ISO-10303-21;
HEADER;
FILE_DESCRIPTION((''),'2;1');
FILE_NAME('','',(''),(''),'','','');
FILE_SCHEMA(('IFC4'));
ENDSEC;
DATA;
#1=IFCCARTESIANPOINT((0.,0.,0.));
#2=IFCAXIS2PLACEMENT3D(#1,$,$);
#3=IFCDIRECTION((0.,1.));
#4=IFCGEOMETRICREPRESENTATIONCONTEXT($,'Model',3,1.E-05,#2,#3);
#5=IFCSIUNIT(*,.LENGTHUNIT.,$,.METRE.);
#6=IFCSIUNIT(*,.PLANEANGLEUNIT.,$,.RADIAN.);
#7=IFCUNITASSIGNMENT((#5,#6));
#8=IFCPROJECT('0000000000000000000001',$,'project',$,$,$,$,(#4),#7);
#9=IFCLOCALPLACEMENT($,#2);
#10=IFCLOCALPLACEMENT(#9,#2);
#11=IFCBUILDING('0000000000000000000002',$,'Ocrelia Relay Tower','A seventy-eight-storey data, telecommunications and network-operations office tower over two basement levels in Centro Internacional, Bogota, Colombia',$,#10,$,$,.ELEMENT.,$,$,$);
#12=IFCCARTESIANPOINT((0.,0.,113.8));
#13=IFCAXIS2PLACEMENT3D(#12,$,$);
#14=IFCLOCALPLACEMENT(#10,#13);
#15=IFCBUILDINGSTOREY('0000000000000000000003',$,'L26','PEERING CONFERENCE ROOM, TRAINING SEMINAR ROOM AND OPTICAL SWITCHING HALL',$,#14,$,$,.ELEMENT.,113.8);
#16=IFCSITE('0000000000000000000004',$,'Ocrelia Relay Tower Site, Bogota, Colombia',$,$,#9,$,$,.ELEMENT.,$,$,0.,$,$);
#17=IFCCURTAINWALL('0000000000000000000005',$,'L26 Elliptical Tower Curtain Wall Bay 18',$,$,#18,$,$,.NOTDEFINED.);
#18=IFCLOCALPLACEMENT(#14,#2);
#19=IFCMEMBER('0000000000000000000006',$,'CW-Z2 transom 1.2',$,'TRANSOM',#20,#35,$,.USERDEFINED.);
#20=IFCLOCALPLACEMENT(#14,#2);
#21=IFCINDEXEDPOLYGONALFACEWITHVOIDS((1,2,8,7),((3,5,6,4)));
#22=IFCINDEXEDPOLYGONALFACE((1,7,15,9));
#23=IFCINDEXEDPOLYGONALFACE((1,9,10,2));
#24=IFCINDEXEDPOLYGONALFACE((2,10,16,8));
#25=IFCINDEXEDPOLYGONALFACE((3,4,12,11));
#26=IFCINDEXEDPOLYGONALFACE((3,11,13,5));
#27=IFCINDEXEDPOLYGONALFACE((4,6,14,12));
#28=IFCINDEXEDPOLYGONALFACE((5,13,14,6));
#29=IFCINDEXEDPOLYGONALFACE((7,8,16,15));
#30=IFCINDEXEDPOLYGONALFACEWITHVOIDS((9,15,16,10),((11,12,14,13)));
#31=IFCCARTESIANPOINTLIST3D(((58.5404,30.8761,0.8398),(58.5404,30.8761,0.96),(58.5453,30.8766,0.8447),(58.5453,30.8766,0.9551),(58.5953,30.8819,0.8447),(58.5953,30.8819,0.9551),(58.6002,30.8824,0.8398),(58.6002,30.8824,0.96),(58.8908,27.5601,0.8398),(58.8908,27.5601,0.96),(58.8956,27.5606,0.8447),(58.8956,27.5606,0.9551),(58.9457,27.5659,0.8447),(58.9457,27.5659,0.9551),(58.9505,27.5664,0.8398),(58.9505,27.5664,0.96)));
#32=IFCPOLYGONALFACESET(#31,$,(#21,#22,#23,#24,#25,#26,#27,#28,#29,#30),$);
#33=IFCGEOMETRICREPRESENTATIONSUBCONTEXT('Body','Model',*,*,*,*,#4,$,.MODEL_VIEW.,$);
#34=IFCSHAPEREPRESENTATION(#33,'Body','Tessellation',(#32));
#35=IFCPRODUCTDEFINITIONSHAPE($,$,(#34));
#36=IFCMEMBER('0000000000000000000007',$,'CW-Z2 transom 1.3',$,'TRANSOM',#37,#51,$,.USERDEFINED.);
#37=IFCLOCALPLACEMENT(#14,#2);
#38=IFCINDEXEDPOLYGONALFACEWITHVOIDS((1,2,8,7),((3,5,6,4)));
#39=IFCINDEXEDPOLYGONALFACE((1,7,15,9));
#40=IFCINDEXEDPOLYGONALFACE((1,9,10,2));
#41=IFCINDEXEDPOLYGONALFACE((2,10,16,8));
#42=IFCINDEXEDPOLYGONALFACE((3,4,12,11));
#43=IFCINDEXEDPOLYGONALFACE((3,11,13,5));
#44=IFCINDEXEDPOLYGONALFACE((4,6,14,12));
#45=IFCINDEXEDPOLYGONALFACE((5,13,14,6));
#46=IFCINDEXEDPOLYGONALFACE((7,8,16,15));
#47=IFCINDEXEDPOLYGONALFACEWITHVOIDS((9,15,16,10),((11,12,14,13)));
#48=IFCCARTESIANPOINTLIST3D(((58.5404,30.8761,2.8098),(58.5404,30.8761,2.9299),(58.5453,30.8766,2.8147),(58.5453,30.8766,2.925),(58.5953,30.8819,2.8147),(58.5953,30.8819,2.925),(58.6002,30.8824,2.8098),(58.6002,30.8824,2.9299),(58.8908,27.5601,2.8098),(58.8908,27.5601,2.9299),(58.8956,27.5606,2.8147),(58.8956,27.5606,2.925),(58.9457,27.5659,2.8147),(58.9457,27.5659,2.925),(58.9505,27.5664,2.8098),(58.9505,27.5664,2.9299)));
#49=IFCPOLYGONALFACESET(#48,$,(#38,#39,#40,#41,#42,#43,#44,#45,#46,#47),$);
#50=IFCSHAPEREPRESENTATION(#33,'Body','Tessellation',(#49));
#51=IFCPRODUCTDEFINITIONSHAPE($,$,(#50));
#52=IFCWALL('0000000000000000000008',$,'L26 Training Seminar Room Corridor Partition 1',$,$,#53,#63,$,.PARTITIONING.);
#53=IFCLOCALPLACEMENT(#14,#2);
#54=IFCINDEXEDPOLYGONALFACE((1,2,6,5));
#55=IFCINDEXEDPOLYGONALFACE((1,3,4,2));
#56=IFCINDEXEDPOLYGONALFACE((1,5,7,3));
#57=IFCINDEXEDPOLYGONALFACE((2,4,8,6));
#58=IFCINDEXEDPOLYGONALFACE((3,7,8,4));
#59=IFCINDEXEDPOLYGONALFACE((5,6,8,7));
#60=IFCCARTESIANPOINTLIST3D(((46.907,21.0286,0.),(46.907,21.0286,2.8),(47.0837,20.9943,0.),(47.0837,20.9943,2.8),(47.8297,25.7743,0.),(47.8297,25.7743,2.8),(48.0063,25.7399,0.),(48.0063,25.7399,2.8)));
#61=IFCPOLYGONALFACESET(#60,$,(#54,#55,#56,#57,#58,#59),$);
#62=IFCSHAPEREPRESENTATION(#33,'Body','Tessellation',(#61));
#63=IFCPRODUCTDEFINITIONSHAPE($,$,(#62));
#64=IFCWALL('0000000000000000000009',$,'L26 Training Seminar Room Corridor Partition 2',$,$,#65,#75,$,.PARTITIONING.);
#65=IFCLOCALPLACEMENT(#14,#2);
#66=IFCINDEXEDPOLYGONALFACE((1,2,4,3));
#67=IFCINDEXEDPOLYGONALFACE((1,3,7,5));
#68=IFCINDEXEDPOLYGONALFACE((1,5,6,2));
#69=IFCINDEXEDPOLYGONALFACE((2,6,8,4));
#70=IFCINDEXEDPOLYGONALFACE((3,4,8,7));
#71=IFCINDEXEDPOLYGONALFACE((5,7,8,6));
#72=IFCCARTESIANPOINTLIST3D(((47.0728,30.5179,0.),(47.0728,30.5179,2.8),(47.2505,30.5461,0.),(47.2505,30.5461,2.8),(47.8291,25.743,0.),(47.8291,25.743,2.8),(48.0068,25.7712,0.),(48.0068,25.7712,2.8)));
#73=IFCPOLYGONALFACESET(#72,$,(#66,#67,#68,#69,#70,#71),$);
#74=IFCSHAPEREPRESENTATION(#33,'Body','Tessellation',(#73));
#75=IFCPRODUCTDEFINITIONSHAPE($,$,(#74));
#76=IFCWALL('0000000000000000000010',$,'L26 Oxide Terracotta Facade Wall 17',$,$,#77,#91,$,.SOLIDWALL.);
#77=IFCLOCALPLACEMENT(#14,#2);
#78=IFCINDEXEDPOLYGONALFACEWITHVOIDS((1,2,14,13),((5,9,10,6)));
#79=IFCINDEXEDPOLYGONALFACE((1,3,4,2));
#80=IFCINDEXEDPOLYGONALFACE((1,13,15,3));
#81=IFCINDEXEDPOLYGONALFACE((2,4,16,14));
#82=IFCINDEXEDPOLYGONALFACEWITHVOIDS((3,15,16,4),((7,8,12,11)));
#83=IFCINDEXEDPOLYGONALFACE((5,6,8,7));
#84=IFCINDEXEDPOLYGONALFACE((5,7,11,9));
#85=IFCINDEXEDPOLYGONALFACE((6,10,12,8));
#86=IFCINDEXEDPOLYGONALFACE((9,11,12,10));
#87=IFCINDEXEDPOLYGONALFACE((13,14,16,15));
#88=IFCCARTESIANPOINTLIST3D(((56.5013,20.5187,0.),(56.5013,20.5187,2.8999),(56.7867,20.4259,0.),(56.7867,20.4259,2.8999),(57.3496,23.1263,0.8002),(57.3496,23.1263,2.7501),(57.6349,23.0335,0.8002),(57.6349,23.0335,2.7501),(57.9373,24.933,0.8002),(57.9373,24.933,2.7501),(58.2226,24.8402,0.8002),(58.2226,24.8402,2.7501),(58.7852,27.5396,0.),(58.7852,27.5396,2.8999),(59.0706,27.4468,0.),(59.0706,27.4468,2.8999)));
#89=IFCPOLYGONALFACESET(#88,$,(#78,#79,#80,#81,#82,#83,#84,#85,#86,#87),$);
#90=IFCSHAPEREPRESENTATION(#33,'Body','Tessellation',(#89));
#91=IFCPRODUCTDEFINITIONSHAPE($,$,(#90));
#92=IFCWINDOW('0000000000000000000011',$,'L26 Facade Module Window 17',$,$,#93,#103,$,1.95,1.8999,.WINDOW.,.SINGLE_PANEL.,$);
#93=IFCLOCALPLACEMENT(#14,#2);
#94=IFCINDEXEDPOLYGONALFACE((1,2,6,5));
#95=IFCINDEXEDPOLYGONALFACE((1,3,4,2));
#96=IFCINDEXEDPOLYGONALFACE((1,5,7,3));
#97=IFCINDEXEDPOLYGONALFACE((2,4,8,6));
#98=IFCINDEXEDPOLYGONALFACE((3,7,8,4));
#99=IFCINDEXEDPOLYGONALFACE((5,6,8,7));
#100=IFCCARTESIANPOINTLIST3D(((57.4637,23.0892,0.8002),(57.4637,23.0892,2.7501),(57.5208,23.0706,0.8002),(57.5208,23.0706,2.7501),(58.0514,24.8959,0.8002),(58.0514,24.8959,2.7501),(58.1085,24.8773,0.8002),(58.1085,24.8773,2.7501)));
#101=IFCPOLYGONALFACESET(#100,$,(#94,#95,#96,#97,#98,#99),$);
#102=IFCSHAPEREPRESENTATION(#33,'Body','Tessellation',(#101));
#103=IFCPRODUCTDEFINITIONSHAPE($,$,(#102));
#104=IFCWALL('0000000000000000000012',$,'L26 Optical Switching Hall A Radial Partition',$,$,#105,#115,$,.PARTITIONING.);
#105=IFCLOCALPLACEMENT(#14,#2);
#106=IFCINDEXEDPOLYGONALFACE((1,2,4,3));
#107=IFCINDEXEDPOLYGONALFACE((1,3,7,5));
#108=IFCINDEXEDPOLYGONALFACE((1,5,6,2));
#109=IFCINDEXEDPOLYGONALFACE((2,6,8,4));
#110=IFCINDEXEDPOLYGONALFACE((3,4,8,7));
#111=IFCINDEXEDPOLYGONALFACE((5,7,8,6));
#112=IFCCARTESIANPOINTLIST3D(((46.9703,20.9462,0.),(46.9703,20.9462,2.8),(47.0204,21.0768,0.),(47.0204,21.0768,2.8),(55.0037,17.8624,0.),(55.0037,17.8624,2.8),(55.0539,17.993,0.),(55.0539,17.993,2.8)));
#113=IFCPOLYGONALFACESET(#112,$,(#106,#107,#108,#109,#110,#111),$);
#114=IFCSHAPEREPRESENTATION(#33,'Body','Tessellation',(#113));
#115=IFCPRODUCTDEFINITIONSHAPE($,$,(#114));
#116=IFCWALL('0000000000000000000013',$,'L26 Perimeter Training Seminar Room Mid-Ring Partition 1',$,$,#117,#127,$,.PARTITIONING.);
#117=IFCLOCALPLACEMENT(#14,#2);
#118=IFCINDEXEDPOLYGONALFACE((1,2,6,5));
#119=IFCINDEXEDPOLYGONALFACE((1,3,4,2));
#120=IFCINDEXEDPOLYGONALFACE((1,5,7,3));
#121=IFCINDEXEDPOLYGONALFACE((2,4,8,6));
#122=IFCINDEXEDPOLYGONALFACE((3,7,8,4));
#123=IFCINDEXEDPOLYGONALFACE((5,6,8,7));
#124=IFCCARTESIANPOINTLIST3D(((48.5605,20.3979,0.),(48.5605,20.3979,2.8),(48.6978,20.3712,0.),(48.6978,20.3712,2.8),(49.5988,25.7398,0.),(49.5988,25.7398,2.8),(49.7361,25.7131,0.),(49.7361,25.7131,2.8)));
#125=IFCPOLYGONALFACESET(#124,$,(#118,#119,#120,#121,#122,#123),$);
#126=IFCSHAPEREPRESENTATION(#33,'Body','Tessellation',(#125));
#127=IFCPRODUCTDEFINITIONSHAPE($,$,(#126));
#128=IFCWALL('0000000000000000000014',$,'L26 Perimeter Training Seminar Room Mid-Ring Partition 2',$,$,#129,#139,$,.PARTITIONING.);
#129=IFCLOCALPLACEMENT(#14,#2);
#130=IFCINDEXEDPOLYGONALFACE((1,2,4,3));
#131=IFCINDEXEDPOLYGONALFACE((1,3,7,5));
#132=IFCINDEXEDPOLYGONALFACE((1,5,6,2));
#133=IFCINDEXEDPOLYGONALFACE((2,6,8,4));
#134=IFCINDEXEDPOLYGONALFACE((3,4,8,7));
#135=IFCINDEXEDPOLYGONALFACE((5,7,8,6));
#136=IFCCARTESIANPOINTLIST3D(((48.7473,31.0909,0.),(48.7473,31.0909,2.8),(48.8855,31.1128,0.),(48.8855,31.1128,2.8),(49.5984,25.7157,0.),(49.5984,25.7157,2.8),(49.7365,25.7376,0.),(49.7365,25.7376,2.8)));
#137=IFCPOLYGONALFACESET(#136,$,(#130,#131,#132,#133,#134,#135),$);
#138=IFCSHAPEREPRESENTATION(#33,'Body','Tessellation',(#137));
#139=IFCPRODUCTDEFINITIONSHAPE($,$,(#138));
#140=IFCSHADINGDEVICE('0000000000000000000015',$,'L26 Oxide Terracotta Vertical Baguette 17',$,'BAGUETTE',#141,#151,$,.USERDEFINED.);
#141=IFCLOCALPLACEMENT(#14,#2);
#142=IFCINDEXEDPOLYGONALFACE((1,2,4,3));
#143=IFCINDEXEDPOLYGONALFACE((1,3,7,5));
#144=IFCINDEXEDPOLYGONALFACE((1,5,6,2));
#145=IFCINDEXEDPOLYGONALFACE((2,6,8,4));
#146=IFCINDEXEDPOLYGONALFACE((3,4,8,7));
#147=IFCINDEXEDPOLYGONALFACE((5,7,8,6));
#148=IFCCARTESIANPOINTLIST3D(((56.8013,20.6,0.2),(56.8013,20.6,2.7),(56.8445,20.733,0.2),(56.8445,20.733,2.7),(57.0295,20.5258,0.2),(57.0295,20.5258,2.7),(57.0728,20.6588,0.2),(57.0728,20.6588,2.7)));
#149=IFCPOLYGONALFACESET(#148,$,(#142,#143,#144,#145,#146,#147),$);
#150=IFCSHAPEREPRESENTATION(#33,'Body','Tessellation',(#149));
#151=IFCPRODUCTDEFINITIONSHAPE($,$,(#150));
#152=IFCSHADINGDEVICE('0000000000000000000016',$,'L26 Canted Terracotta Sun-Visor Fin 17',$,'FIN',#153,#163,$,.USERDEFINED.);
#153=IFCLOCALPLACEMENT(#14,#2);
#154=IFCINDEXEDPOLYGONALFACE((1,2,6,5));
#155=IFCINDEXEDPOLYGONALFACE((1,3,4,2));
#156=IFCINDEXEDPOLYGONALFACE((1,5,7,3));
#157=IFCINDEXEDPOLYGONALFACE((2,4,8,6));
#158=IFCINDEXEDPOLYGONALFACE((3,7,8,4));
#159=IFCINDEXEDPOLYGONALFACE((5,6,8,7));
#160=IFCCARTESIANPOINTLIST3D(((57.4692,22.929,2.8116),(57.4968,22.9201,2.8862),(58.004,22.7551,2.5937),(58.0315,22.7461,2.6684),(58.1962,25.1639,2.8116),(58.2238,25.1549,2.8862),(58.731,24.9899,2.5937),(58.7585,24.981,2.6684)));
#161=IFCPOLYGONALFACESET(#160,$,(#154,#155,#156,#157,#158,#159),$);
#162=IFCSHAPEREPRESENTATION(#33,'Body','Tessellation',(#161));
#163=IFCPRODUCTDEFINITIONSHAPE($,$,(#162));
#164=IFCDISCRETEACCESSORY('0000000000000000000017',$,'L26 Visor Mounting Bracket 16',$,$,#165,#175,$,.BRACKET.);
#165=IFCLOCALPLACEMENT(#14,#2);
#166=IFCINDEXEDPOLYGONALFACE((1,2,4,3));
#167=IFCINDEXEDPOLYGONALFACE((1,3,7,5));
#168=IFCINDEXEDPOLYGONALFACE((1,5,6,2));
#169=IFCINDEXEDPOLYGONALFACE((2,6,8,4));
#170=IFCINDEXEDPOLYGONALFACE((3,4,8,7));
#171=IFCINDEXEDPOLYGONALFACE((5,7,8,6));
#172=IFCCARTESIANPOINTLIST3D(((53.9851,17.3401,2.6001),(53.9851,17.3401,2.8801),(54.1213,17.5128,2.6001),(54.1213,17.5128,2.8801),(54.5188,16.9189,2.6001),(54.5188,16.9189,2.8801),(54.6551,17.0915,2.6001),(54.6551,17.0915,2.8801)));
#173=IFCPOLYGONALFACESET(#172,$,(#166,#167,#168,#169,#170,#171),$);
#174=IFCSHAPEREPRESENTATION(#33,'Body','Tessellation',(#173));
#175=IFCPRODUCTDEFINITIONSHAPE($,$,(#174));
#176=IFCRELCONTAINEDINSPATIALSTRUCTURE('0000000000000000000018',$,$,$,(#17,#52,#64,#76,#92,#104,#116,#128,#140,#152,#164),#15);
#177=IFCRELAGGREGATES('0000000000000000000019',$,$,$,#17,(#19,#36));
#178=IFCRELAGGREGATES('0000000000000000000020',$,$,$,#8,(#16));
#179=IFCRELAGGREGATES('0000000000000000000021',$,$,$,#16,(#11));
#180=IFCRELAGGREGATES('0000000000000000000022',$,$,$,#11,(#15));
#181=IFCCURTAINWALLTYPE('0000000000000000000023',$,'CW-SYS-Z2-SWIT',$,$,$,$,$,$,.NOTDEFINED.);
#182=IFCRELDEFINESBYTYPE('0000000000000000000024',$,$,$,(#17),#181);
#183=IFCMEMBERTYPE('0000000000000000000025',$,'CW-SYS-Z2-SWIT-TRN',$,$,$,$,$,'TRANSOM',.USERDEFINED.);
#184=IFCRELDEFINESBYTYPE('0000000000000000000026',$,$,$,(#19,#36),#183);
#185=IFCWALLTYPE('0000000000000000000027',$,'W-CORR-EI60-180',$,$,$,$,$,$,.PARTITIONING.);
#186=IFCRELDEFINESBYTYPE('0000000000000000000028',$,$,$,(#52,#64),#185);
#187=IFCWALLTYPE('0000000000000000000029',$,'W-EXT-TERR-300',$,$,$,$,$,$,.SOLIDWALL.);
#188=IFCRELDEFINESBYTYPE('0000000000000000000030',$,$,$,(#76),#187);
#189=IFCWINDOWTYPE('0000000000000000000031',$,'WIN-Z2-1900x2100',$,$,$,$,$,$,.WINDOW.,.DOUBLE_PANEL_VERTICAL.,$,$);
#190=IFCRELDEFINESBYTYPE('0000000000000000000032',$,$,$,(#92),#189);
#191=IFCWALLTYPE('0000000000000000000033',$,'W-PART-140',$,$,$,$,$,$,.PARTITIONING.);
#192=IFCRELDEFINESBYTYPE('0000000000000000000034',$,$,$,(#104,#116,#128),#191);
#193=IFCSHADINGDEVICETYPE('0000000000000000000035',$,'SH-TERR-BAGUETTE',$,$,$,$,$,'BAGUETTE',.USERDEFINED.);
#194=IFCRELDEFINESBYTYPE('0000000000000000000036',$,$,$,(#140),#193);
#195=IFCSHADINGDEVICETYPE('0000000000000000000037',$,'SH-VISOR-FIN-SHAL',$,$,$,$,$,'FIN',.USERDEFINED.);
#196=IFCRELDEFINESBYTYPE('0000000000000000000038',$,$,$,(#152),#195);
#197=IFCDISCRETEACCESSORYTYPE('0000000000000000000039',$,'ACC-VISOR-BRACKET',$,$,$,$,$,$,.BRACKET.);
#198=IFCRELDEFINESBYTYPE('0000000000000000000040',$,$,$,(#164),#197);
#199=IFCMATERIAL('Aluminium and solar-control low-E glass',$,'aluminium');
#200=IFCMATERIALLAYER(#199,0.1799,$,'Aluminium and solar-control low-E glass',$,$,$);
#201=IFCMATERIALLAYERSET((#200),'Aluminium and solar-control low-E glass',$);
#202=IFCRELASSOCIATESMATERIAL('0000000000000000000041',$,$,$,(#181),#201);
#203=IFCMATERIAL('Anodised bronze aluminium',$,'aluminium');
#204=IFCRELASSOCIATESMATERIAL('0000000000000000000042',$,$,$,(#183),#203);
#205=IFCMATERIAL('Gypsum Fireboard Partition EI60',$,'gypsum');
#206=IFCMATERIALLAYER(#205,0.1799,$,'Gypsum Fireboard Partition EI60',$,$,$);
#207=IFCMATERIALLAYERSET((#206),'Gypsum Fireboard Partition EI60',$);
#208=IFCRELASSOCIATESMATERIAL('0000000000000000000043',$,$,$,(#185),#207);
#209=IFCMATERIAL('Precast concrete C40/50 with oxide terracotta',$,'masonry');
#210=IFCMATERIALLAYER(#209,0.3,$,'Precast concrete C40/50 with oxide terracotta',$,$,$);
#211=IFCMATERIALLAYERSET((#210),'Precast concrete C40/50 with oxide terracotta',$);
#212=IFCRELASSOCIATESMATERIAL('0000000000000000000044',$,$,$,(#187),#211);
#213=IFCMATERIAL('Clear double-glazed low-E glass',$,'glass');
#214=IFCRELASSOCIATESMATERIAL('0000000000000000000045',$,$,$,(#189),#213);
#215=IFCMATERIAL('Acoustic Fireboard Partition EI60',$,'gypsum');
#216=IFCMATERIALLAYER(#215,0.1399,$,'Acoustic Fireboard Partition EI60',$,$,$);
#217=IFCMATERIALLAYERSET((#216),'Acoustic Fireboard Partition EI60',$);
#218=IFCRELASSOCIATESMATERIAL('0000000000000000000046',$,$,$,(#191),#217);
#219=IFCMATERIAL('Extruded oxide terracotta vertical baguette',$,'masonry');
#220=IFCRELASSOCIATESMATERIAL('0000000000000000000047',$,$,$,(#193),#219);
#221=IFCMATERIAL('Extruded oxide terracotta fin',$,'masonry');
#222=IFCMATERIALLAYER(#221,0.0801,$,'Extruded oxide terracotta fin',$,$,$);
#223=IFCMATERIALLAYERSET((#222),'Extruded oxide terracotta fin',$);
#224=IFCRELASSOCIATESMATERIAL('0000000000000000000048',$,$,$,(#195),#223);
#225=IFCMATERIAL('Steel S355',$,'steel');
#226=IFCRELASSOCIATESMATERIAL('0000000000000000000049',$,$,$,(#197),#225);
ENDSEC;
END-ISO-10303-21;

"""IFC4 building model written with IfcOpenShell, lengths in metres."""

from ifc_helpers import new_model, si_unit, direction, frame, frame_2d, origin, origin_2d, place, context, subcontext, project, spatial, rectangle, hollow_rectangle, extrude, material, layer, layer_set, material_profile, profile_set, type_object, element, fill, aggregate, save


model = new_model("IFC4")

# Units and contexts
model_context = context("Model", 3, precision=1e-05, world=origin(), true_north=direction((0.0, 1.0)))
body_context = subcontext(model_context, "Body", "Model", "MODEL_VIEW")
ifc_project = project(units=[si_unit("LENGTHUNIT", "METRE"), si_unit("PLANEANGLEUNIT", "RADIAN")], contexts=[model_context])

# Site, building, storey
site_placement = place(None, origin())
site = spatial("IfcSite", under=ifc_project, at=site_placement, Name="Ocrelia Relay Tower Site, Bogota, Colombia", CompositionType="ELEMENT", RefElevation=0.0)
building_placement = place(site_placement, origin())
building = spatial("IfcBuilding", under=site, at=building_placement, Name="Ocrelia Relay Tower", Description="A seventy-eight-storey data, telecommunications and network-operations office tower over two basement levels in Centro Internacional, Bogota, Colombia", CompositionType="ELEMENT")
storey_placement = place(building_placement, frame((0.0, 0.0, 113.8)))
storey = spatial("IfcBuildingStorey", under=building, at=storey_placement, Name="L26", Description="PEERING CONFERENCE ROOM, TRAINING SEMINAR ROOM AND OPTICAL SWITCHING HALL", CompositionType="ELEMENT", Elevation=113.8)

# Shared definitions
ifc_material_1 = material(Name="Steel S355", Category="steel")

# Curtain wall, members
ifc_material_2 = material(Name="Aluminium and solar-control low-E glass", Category="aluminium")
ifc_layer_1 = layer(ifc_material_2, 0.1799, Name="Aluminium and solar-control low-E glass")
ifc_layer_set_1 = layer_set([ifc_layer_1], Name="Aluminium and solar-control low-E glass")
curtain_wall_type = type_object("IfcCurtainWallType", Name="CW-SYS-Z2-SWIT", PredefinedType="NOTDEFINED", material=ifc_layer_set_1)
curtain_wall_placement = place(storey_placement, origin())
curtain_wall = element("IfcCurtainWall", 1, at=curtain_wall_placement, inside=storey, type_object=curtain_wall_type, Name="L26 Elliptical Tower Curtain Wall Bay 18", PredefinedType="NOTDEFINED")
ifc_material_3 = material(Name="Anodised bronze aluminium", Category="aluminium")
ifc_material_profile_1 = material_profile(ifc_material_3, hollow_rectangle(XDim=0.0601, YDim=0.1201, WallThickness=0.0049, at=origin_2d()), Name="CW-TRN-120x60")
ifc_profile_set_1 = profile_set([ifc_material_profile_1], Name="Anodised bronze aluminium")
member_type_1 = type_object("IfcMemberType", Name="CW-SYS-Z2-SWIT-TRN", ElementType="TRANSOM", PredefinedType="USERDEFINED", material=ifc_profile_set_1)
member_1_placement = place(storey_placement, frame((58.9207, 27.5632, 0.8999), z_axis=(-0.10507, 0.994465, 0.0), x_axis=(-0.994465, -0.10507, 0.0)))
member_1 = element("IfcMember", 2, at=member_1_placement, type_object=member_type_1, Name="CW-Z2 transom 1.2", ObjectType="TRANSOM", PredefinedType="USERDEFINED", context=body_context, shape_type="SweptSolid", body=[
    extrude(hollow_rectangle(XDim=0.0601, YDim=0.1201, WallThickness=0.0049, at=origin_2d()), origin(), (0.0, 0.0, 1.0), 3.3345),
])
member_2_placement = place(storey_placement, frame((58.9207, 27.5632, 2.8699), z_axis=(-0.10507, 0.994465, 0.0), x_axis=(-0.994465, -0.10507, 0.0)))
member_2 = element("IfcMember", 3, at=member_2_placement, type_object=member_type_1, Name="CW-Z2 transom 1.3", ObjectType="TRANSOM", PredefinedType="USERDEFINED", context=body_context, shape_type="SweptSolid", body=[
    extrude(hollow_rectangle(XDim=0.0601, YDim=0.1201, WallThickness=0.0049, at=origin_2d()), origin(), (0.0, 0.0, 1.0), 3.3345),
])
aggregate(curtain_wall, [member_1, member_2])

# Walls
ifc_material_4 = material(Name="Gypsum Fireboard Partition EI60", Category="gypsum")
ifc_layer_2 = layer(ifc_material_4, 0.1799, Name="Gypsum Fireboard Partition EI60")
ifc_layer_set_2 = layer_set([ifc_layer_2], Name="Gypsum Fireboard Partition EI60")
wall_type_1 = type_object("IfcWallType", Name="W-CORR-EI60-180", PredefinedType="PARTITIONING", material=ifc_layer_set_2)
for number, where, z_axis, x_axis, name in (
    (4, (46.9954, 21.0115, 0.0), (0.0, 0.0, 1.0), (0.19084, 0.981621, 0.0), "L26 Training Seminar Room Corridor Partition 1"),
    (5, (47.918, 25.7571, 0.0), (0.0, 0.0, 1.0), (-0.15645, 0.987686, 0.0), "L26 Training Seminar Room Corridor Partition 2"),
):
    element("IfcWall", number, at=place(storey_placement, frame(where, z_axis=z_axis, x_axis=x_axis)), inside=storey, type_object=wall_type_1, Name=name, PredefinedType="PARTITIONING", context=body_context, shape_type="SweptSolid", body=[
        extrude(rectangle(XDim=4.8345, YDim=0.1799, at=frame_2d((2.4172, 0.0))), origin(), (0.0, 0.0, 1.0), 2.8),
    ])

# Wall, opening, window
ifc_material_5 = material(Name="Precast concrete C40/50 with oxide terracotta", Category="masonry")
ifc_layer_3 = layer(ifc_material_5, 0.3, Name="Precast concrete C40/50 with oxide terracotta")
ifc_layer_set_3 = layer_set([ifc_layer_3], Name="Precast concrete C40/50 with oxide terracotta")
wall_type_2 = type_object("IfcWallType", Name="W-EXT-TERR-300", PredefinedType="SOLIDWALL", material=ifc_layer_set_3)
wall_1_placement = place(storey_placement, frame((56.644, 20.4724, 0.0), z_axis=(0.0, 0.0, 1.0), x_axis=(0.309345, 0.95095, 0.0)))
wall_1 = element("IfcWall", 6, at=wall_1_placement, inside=storey, type_object=wall_type_2, Name="L26 Oxide Terracotta Facade Wall 17", PredefinedType="SOLIDWALL", context=body_context, shape_type="SweptSolid", body=[
    extrude(rectangle(XDim=7.3831, YDim=0.3, at=frame_2d((3.6914, 0.0))), origin(), (0.0, 0.0, 1.0), 2.8999),
])
opening_placement = place(wall_1_placement, frame((2.7419, 0.0, 0.8)))
opening = element("IfcOpeningElement", 7, at=opening_placement, cuts=wall_1, PredefinedType="OPENING", context=body_context, shape_type="SweptSolid", body=[
    extrude(rectangle(XDim=1.8999, YDim=1.95, at=frame_2d((0.95, 0.9751))), frame((0.0, 0.1602, 0.0), z_axis=(0.0, -1.0, 0.0), x_axis=(1.0, 0.0, 0.0)), (0.0, 0.0, 1.0), 0.3201),
])
ifc_material_6 = material(Name="Clear double-glazed low-E glass", Category="glass")
window_type = type_object("IfcWindowType", Name="WIN-Z2-1900x2100", PartitioningType="DOUBLE_PANEL_VERTICAL", PredefinedType="WINDOW", material=ifc_material_6)
window_placement = place(opening_placement, origin())
window = element("IfcWindow", 8, at=window_placement, inside=storey, type_object=window_type, Name="L26 Facade Module Window 17", OverallHeight=1.95, OverallWidth=1.8999, PartitioningType="SINGLE_PANEL", PredefinedType="WINDOW", context=body_context, shape_type="SweptSolid", body=[
    extrude(rectangle(XDim=1.8999, YDim=1.95, at=frame_2d((0.95, 0.9751))), frame((0.0, 0.03, 0.0), z_axis=(0.0, -1.0, 0.0), x_axis=(1.0, 0.0, 0.0)), (0.0, 0.0, 1.0), 0.0601),
])
fill(opening, window)

# Walls
ifc_material_7 = material(Name="Acoustic Fireboard Partition EI60", Category="gypsum")
ifc_layer_4 = layer(ifc_material_7, 0.1399, Name="Acoustic Fireboard Partition EI60")
ifc_layer_set_4 = layer_set([ifc_layer_4], Name="Acoustic Fireboard Partition EI60")
wall_type_3 = type_object("IfcWallType", Name="W-PART-140", PredefinedType="PARTITIONING", material=ifc_layer_set_4)
wall_2_placement = place(storey_placement, frame((46.9954, 21.0115, 0.0), z_axis=(0.0, 0.0, 1.0), x_axis=(0.933581, -0.358367, 0.0)))
element("IfcWall", 9, at=wall_2_placement, inside=storey, type_object=wall_type_3, Name="L26 Optical Switching Hall A Radial Partition", PredefinedType="PARTITIONING", context=body_context, shape_type="SweptSolid", body=[
    extrude(rectangle(XDim=8.605, YDim=0.1399, at=frame_2d((4.3025, 0.0))), origin(), (0.0, 0.0, 1.0), 2.8),
])
wall_3_placement = place(storey_placement, frame((48.6292, 20.3845, 0.0), z_axis=(0.0, 0.0, 1.0), x_axis=(0.190799, 0.981629, 0.0)))
element("IfcWall", 10, at=wall_3_placement, inside=storey, type_object=wall_type_3, Name="L26 Perimeter Training Seminar Room Mid-Ring Partition 1", PredefinedType="PARTITIONING", context=body_context, shape_type="SweptSolid", body=[
    extrude(rectangle(XDim=5.4419, YDim=0.1399, at=frame_2d((2.7209, 0.0))), origin(), (0.0, 0.0, 1.0), 2.8),
])
wall_4_placement = place(storey_placement, frame((49.6675, 25.7266, 0.0), z_axis=(0.0, 0.0, 1.0), x_axis=(-0.156384, 0.987696, 0.0)))
element("IfcWall", 11, at=wall_4_placement, inside=storey, type_object=wall_type_3, Name="L26 Perimeter Training Seminar Room Mid-Ring Partition 2", PredefinedType="PARTITIONING", context=body_context, shape_type="SweptSolid", body=[
    extrude(rectangle(XDim=5.4421, YDim=0.1399, at=frame_2d((2.7212, 0.0))), origin(), (0.0, 0.0, 1.0), 2.8),
])

# Shading devices
ifc_material_8 = material(Name="Extruded oxide terracotta vertical baguette", Category="masonry")
shading_device_type_1 = type_object("IfcShadingDeviceType", Name="SH-TERR-BAGUETTE", ElementType="BAGUETTE", PredefinedType="USERDEFINED", material=ifc_material_8)
shading_device_1_placement = place(storey_placement, frame((56.937, 20.6294, 0.2), z_axis=(0.0, 0.0, 1.0), x_axis=(0.309349, 0.950949, 0.0)))
element("IfcShadingDevice", 12, at=shading_device_1_placement, inside=storey, type_object=shading_device_type_1, Name="L26 Oxide Terracotta Vertical Baguette 17", ObjectType="BAGUETTE", PredefinedType="USERDEFINED", context=body_context, shape_type="SweptSolid", body=[
    extrude(rectangle(XDim=0.1399, YDim=0.24, at=origin_2d()), origin(), (0.0, 0.0, 1.0), 2.5),
])
ifc_material_9 = material(Name="Extruded oxide terracotta fin", Category="masonry")
ifc_layer_5 = layer(ifc_material_9, 0.0801, Name="Extruded oxide terracotta fin")
ifc_layer_set_5 = layer_set([ifc_layer_5], Name="Extruded oxide terracotta fin")
shading_device_type_2 = type_object("IfcShadingDeviceType", Name="SH-VISOR-FIN-SHAL", ElementType="FIN", PredefinedType="USERDEFINED", material=ifc_layer_set_5)
shading_device_2_placement = place(storey_placement, frame((58.1001, 23.9595, 2.7026), z_axis=(0.343577, -0.111767, 0.93245), x_axis=(0.309349, 0.950949, 0.0)))
element("IfcShadingDevice", 13, at=shading_device_2_placement, inside=storey, type_object=shading_device_type_2, Name="L26 Canted Terracotta Sun-Visor Fin 17", ObjectType="FIN", PredefinedType="USERDEFINED", context=body_context, shape_type="SweptSolid", body=[
    extrude(rectangle(XDim=2.3501, YDim=0.603, at=origin_2d()), origin(), (0.0, 0.0, 1.0), 0.0801),
])

# Discrete accessory
discrete_accessory_type = type_object("IfcDiscreteAccessoryType", Name="ACC-VISOR-BRACKET", PredefinedType="BRACKET", material=ifc_material_1)
for number, where, z_axis, x_axis, name in (
    (14, (54.3201, 17.2158, 2.6001), (0.0, 0.0, 1.0), (0.619522, 0.78498, 0.0), "L26 Visor Mounting Bracket 16"),
):
    element("IfcDiscreteAccessory", number, at=place(storey_placement, frame(where, z_axis=z_axis, x_axis=x_axis)), inside=storey, type_object=discrete_accessory_type, Name=name, PredefinedType="BRACKET", context=body_context, shape_type="SweptSolid", body=[
        extrude(rectangle(XDim=0.22, YDim=0.6799, at=origin_2d()), origin(), (0.0, 0.0, 1.0), 0.28),
    ])

save(model, "model.ifc")
